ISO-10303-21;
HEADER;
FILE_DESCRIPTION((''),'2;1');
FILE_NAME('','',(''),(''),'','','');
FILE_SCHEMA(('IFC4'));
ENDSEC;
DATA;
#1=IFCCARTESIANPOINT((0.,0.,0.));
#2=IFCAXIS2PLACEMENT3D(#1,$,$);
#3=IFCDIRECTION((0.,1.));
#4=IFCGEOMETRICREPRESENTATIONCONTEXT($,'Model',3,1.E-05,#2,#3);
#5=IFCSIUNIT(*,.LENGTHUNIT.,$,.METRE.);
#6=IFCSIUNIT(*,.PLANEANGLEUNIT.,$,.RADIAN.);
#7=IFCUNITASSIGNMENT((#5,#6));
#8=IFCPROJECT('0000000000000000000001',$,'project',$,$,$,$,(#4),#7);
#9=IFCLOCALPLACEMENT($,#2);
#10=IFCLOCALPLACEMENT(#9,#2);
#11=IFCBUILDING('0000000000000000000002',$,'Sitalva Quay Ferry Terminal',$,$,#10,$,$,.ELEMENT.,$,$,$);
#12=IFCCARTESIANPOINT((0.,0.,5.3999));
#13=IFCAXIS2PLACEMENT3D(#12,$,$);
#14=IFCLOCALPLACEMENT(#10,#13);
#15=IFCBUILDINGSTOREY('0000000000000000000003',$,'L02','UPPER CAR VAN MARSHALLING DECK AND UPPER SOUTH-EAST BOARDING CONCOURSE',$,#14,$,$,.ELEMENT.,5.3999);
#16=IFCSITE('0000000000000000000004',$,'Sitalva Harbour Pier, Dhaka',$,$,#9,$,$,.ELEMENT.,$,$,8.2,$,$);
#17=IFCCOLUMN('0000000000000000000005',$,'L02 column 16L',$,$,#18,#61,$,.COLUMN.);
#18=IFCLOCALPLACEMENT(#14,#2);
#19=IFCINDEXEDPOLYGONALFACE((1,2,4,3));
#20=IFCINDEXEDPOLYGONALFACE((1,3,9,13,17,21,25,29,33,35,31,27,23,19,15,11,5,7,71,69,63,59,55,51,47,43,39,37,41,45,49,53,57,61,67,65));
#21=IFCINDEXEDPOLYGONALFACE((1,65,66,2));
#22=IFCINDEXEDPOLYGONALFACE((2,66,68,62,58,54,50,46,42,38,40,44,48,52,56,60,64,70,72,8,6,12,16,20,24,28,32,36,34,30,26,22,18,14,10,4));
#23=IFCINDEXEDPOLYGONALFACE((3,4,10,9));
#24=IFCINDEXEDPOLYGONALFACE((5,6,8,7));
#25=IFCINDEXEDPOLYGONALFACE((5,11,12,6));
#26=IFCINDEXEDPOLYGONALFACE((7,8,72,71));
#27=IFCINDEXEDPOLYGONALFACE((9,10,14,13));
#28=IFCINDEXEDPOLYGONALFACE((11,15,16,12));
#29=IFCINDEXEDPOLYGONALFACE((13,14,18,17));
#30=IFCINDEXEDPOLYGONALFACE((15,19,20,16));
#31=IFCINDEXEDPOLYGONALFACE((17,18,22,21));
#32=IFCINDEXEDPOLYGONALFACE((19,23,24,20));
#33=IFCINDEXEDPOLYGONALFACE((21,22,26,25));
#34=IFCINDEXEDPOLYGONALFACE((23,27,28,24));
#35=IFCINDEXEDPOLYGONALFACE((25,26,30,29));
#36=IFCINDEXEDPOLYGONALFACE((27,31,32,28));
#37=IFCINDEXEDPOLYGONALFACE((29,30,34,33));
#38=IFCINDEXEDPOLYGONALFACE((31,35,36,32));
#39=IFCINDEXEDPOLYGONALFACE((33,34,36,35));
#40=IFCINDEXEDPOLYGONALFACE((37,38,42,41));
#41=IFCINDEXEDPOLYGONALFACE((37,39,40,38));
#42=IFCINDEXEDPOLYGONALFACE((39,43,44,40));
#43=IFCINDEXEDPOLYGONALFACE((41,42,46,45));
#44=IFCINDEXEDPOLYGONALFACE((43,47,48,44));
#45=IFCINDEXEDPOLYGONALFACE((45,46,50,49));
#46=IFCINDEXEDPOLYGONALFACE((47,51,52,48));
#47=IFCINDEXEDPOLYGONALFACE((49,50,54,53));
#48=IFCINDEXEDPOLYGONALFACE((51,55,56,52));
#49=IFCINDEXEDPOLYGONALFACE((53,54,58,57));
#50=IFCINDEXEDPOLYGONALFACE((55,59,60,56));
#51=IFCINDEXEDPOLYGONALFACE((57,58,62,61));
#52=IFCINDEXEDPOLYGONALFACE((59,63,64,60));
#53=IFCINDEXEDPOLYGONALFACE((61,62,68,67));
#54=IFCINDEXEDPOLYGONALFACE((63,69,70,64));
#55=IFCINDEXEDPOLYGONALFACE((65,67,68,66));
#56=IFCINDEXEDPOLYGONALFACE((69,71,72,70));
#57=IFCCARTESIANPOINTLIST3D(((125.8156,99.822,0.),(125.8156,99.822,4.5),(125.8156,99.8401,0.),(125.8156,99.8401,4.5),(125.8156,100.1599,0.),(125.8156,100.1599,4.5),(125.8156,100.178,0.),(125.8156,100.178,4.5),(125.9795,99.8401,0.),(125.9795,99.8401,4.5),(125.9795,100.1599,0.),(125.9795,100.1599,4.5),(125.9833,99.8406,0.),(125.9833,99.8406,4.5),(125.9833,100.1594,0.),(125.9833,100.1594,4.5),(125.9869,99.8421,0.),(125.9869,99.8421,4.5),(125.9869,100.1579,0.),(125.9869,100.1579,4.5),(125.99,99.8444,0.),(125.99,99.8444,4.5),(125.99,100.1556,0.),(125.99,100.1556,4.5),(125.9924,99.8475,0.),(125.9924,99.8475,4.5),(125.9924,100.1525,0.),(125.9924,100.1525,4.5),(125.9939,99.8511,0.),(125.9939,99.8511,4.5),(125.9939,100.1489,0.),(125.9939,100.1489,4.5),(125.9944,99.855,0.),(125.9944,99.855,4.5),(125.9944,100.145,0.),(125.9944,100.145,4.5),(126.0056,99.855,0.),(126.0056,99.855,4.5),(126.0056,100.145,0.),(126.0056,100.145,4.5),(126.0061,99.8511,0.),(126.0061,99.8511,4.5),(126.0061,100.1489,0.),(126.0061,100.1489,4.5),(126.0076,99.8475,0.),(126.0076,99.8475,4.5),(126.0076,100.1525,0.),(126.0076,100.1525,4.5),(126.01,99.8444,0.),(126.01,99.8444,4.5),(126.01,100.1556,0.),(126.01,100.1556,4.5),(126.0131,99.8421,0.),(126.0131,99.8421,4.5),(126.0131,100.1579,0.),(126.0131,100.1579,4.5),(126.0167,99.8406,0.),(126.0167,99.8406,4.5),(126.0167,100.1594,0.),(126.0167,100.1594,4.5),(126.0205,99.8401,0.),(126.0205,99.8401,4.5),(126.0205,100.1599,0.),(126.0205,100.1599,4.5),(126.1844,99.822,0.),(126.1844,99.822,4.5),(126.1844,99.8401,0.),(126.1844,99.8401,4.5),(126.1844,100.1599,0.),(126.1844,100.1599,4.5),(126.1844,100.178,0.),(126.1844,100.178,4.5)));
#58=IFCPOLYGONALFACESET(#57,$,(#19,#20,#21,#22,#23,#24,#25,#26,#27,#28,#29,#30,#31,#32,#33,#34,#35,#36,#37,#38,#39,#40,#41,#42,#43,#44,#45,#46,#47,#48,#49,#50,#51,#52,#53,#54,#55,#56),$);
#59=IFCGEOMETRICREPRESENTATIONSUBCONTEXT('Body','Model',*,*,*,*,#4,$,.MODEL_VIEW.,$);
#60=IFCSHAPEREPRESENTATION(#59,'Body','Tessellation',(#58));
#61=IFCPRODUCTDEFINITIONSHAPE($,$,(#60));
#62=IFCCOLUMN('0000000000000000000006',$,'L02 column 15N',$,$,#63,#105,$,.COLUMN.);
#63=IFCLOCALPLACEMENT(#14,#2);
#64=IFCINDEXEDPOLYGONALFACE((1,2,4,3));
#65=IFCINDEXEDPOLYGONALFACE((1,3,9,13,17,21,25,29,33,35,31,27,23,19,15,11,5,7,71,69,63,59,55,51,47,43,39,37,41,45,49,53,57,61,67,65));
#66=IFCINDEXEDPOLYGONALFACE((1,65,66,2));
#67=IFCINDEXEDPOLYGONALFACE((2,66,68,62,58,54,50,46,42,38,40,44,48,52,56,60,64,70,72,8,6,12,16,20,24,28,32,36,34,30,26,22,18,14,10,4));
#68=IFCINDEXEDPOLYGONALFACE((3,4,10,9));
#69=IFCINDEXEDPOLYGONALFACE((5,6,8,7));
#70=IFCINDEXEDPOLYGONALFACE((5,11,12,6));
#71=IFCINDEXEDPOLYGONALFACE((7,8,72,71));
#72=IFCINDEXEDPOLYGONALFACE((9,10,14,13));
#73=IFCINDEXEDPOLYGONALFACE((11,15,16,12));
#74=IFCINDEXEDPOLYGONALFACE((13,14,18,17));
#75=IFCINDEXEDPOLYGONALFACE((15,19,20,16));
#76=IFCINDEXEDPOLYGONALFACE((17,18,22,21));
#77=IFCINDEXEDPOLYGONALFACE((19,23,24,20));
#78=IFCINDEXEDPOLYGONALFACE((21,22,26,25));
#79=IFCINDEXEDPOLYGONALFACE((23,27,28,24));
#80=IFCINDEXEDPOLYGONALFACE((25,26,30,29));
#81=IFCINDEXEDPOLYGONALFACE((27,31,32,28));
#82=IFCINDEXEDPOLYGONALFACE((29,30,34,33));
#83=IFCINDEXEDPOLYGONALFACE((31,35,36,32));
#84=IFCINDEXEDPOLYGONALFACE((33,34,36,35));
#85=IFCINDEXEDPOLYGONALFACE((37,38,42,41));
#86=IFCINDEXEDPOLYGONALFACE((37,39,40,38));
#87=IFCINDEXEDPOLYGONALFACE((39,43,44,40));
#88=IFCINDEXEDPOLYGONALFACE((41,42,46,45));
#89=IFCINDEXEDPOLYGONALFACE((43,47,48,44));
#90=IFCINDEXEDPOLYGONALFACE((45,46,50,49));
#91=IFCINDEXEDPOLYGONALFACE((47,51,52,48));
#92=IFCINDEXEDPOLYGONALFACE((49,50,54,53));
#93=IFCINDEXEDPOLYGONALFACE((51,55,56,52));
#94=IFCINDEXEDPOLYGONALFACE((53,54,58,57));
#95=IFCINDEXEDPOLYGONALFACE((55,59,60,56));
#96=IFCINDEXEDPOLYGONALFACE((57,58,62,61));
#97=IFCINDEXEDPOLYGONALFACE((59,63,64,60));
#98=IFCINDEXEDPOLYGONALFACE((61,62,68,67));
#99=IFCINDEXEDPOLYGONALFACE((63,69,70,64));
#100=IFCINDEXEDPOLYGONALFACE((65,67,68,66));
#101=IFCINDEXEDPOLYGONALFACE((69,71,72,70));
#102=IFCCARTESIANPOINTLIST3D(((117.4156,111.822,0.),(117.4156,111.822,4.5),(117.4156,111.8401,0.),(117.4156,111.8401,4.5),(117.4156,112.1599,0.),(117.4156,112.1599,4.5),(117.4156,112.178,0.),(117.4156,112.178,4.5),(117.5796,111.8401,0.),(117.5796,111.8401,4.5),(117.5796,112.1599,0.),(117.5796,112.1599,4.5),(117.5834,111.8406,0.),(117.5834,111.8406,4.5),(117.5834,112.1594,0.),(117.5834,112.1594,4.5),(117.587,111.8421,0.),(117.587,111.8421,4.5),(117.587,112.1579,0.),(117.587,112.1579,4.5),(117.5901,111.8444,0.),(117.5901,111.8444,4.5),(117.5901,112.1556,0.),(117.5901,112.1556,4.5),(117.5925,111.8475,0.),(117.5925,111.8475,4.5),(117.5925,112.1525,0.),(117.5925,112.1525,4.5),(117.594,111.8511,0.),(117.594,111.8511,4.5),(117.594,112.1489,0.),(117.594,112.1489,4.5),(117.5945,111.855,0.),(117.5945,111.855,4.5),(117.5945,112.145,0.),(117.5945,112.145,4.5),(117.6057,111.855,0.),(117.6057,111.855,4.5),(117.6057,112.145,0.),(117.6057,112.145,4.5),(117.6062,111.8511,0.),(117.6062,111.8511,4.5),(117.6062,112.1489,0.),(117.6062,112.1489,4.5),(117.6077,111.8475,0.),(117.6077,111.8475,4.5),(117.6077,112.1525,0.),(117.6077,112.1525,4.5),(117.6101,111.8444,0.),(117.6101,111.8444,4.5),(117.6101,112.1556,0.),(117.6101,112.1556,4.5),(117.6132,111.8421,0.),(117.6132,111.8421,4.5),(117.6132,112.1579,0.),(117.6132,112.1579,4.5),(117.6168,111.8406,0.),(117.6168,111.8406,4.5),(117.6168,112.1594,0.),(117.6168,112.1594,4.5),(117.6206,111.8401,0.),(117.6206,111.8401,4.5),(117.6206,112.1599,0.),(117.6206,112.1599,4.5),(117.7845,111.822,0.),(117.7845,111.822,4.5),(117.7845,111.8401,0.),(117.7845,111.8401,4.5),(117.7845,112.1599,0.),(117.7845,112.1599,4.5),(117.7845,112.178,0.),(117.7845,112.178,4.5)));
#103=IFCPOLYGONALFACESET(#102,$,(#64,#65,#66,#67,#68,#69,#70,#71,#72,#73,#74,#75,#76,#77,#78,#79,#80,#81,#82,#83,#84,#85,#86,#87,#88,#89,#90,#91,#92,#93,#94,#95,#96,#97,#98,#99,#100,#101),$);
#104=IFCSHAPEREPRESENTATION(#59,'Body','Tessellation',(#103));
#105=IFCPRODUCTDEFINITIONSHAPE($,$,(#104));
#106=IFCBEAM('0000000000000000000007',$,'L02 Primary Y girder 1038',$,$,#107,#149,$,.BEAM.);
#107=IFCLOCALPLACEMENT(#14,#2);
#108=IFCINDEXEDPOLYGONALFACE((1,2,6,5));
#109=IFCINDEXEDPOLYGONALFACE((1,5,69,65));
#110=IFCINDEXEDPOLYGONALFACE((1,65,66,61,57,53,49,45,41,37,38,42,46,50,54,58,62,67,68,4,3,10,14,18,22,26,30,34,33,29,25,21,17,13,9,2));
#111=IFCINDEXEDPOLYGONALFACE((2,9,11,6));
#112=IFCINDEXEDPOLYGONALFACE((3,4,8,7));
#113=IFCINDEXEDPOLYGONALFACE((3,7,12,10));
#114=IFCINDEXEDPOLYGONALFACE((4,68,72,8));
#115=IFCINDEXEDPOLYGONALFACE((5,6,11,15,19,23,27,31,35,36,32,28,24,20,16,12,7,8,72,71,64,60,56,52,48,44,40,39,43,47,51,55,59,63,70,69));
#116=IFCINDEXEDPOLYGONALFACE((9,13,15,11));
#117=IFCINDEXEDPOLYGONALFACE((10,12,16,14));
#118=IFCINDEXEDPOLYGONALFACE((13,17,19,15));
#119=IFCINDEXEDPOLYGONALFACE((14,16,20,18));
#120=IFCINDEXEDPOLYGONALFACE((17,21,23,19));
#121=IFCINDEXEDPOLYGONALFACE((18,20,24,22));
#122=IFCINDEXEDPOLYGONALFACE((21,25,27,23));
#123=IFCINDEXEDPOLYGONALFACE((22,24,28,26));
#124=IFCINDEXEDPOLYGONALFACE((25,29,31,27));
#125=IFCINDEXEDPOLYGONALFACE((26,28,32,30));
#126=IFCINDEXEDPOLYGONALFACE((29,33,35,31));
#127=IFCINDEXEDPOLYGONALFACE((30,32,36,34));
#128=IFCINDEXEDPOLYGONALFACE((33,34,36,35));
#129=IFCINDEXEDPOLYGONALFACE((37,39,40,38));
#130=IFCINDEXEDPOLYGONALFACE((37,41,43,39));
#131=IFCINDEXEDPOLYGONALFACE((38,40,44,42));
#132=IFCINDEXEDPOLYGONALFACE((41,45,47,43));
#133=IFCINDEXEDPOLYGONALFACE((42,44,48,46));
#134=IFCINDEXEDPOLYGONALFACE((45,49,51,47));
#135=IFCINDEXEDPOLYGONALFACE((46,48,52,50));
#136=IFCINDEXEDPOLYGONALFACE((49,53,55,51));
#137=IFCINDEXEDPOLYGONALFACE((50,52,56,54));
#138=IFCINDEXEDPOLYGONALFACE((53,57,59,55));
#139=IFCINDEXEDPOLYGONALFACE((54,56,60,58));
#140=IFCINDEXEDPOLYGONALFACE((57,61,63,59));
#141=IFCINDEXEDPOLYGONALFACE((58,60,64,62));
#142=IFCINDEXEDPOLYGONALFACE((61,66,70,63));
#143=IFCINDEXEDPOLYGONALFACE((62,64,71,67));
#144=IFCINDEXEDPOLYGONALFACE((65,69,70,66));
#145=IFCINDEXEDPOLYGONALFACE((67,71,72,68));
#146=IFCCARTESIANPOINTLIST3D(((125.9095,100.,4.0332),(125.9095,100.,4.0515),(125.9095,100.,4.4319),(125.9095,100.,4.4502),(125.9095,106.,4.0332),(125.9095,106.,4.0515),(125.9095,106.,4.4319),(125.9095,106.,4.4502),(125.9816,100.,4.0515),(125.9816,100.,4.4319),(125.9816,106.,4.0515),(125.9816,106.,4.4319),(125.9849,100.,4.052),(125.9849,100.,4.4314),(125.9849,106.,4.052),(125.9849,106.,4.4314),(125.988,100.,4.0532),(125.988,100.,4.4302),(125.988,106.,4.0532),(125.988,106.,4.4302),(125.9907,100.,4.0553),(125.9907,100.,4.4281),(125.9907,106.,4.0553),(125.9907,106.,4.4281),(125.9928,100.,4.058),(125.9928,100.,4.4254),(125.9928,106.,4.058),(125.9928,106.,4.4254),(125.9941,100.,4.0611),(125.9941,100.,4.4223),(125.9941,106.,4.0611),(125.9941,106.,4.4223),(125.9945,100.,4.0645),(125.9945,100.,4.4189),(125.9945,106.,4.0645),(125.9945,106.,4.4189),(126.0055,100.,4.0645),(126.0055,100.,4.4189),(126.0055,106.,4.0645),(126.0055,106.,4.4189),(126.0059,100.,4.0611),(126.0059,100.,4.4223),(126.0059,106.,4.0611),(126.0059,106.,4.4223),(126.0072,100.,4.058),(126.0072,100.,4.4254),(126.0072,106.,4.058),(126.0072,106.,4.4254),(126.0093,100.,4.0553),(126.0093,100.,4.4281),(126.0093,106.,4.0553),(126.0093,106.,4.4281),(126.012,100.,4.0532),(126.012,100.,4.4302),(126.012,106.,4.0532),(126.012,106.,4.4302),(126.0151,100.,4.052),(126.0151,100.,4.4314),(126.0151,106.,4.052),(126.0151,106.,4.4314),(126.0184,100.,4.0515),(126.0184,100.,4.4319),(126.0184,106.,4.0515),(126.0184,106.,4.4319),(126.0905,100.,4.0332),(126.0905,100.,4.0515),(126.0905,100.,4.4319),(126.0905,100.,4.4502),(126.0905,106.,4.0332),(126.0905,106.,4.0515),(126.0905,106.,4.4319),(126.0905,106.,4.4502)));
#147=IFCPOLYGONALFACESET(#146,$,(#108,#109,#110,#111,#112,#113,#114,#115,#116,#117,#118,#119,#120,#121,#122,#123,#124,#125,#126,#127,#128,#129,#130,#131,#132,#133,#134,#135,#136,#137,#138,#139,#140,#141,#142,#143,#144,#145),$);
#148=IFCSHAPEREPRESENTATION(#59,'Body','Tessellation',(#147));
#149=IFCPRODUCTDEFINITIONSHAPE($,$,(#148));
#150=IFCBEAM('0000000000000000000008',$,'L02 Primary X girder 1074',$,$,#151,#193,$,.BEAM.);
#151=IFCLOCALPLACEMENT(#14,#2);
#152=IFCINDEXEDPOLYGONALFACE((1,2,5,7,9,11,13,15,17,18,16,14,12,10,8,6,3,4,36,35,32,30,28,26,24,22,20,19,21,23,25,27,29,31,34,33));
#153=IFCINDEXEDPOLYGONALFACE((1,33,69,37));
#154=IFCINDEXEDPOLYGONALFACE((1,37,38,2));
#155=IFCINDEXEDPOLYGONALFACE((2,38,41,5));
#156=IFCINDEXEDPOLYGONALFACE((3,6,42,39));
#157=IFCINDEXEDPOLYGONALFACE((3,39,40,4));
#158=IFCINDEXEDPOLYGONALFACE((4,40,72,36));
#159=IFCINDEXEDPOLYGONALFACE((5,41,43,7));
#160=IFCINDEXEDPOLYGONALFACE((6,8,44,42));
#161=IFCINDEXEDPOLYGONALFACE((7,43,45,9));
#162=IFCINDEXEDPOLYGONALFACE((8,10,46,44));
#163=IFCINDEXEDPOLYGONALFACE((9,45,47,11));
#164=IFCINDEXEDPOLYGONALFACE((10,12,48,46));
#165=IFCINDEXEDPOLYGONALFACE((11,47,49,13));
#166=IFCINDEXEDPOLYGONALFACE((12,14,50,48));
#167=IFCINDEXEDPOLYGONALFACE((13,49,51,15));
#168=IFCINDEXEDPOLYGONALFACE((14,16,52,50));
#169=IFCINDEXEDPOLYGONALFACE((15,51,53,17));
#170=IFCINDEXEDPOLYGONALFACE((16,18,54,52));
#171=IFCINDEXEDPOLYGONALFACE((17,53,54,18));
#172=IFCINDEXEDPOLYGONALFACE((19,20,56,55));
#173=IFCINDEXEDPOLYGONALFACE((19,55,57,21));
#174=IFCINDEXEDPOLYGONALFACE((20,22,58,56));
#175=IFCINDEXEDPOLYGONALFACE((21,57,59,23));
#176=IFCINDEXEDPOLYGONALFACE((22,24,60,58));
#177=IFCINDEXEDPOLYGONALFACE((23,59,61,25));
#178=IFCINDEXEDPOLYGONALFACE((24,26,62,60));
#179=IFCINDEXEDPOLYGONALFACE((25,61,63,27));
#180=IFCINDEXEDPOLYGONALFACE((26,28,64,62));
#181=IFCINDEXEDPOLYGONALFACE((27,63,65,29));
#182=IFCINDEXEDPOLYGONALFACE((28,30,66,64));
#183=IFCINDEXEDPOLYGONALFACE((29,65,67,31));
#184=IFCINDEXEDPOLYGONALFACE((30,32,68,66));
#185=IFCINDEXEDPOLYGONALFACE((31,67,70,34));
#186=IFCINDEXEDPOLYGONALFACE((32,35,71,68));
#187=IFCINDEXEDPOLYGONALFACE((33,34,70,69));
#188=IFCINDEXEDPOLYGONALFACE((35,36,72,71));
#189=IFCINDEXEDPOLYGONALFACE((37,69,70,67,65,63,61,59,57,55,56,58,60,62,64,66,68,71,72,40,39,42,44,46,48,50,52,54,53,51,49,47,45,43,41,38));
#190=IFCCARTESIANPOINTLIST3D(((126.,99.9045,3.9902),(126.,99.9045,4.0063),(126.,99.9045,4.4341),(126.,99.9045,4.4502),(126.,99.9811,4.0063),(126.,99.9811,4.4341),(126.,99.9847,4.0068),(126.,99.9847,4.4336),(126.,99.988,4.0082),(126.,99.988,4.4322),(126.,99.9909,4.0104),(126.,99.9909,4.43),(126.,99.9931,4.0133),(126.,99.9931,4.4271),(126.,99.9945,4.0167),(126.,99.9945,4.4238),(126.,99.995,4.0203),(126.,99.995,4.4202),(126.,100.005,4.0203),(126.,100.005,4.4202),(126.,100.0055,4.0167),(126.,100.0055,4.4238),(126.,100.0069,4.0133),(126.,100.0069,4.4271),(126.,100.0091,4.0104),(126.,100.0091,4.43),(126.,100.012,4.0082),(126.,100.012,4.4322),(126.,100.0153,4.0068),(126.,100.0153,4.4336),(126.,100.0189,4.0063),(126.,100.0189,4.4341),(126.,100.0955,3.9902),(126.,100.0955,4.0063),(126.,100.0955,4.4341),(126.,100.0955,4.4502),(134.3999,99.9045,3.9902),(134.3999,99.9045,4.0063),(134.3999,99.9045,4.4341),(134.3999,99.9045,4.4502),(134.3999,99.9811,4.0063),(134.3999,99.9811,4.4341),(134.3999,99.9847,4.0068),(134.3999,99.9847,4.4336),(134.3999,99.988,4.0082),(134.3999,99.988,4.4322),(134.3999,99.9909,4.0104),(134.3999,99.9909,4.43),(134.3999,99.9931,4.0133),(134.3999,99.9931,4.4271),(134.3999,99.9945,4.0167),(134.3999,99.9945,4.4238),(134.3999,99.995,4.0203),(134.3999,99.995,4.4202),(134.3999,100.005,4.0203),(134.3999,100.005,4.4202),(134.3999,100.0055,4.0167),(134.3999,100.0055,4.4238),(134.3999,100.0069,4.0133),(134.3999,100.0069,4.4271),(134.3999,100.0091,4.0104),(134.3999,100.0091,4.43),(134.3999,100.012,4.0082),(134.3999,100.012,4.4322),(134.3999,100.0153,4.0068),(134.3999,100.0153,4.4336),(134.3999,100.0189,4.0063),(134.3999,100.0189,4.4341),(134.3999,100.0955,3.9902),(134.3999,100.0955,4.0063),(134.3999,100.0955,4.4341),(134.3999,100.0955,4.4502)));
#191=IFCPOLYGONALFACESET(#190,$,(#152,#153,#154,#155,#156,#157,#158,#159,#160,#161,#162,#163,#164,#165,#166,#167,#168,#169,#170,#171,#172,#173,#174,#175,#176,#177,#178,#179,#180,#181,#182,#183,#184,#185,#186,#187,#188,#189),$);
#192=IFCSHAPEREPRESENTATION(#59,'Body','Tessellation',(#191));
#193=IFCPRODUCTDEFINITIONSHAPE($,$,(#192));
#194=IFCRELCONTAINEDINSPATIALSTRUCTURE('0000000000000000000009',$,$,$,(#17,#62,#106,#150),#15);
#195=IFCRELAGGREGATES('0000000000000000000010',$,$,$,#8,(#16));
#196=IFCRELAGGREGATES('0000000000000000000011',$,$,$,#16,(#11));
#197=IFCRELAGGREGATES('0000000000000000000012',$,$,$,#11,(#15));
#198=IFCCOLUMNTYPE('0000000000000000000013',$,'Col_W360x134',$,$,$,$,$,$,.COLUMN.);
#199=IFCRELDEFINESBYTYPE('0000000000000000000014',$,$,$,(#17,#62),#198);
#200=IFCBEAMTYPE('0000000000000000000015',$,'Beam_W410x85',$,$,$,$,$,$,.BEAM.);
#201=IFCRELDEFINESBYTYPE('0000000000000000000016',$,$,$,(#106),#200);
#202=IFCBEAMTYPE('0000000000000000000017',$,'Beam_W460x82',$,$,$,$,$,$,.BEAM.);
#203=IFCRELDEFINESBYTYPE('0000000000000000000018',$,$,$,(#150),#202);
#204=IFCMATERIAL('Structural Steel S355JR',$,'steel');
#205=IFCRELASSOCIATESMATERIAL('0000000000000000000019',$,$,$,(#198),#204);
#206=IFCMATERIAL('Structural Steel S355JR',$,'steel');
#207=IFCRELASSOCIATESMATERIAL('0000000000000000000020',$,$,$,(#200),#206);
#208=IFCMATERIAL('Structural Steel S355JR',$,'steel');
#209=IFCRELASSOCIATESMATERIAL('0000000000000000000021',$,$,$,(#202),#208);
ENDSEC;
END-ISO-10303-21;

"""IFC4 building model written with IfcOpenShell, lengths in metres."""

from ifc_helpers import new_model, si_unit, direction, frame, origin, origin_2d, place, context, subcontext, project, spatial, i_section, extrude, material, material_profile, profile_set, type_object, element, save


model = new_model("IFC4")

# Units and contexts
model_context = context("Model", 3, precision=1e-05, world=origin(), true_north=direction((0.0, 1.0)))
body_context = subcontext(model_context, "Body", "Model", "MODEL_VIEW")
ifc_project = project(units=[si_unit("LENGTHUNIT", "METRE"), si_unit("PLANEANGLEUNIT", "RADIAN")], contexts=[model_context])

# Site, building, storey
site_placement = place(None, origin())
site = spatial("IfcSite", under=ifc_project, at=site_placement, Name="Sitalva Harbour Pier, Dhaka", CompositionType="ELEMENT", RefElevation=8.2)
building_placement = place(site_placement, origin())
building = spatial("IfcBuilding", under=site, at=building_placement, Name="Sitalva Quay Ferry Terminal", CompositionType="ELEMENT")
storey_placement = place(building_placement, frame((0.0, 0.0, 5.3999)))
storey = spatial("IfcBuildingStorey", under=building, at=storey_placement, Name="L02", Description="UPPER CAR VAN MARSHALLING DECK AND UPPER SOUTH-EAST BOARDING CONCOURSE", CompositionType="ELEMENT", Elevation=5.3999)

# Columns
ifc_material_1 = material(Name="Structural Steel S355JR", Category="steel")
ifc_material_profile_1 = material_profile(ifc_material_1, i_section(OverallWidth=0.3689, OverallDepth=0.356, WebThickness=0.0112, FlangeThickness=0.0181, FilletRadius=0.0149, at=origin_2d()), Name="W360x134")
ifc_profile_set_1 = profile_set([ifc_material_profile_1], Name="Structural Steel S355JR")
column_type = type_object("IfcColumnType", Name="Col_W360x134", PredefinedType="COLUMN", material=ifc_profile_set_1)
for number, where, z_axis, x_axis, name in (
    (1, (126.0, 100.0, 0.0), (0.0, 0.0, 1.0), (1.0, 0.0, 0.0), "L02 column 16L"),
    (2, (117.6001, 112.0, 0.0), (0.0, 0.0, 1.0), (1.0, 0.0, 0.0), "L02 column 15N"),
):
    element("IfcColumn", number, at=place(storey_placement, frame(where, z_axis=z_axis, x_axis=x_axis)), inside=storey, type_object=column_type, Name=name, PredefinedType="COLUMN", context=body_context, shape_type="SweptSolid", body=[
        extrude(i_section(OverallWidth=0.3689, OverallDepth=0.356, WebThickness=0.0112, FlangeThickness=0.0181, FilletRadius=0.0149, at=origin_2d()), origin(), (0.0, 0.0, 1.0), 4.5),
    ])

# Beams
ifc_material_2 = material(Name="Structural Steel S355JR", Category="steel")
ifc_material_profile_2 = material_profile(ifc_material_2, i_section(OverallWidth=0.1809, OverallDepth=0.417, WebThickness=0.011, FlangeThickness=0.0183, FilletRadius=0.0129, at=origin_2d()), Name="W410x85")
ifc_profile_set_2 = profile_set([ifc_material_profile_2], Name="Structural Steel S355JR")
beam_type_1 = type_object("IfcBeamType", Name="Beam_W410x85", PredefinedType="BEAM", material=ifc_profile_set_2)
beam_1_placement = place(storey_placement, frame((126.0, 100.0, 4.2417), z_axis=(0.0, 1.0, 0.0), x_axis=(-1.0, 0.0, 0.0)))
element("IfcBeam", 3, at=beam_1_placement, inside=storey, type_object=beam_type_1, Name="L02 Primary Y girder 1038", PredefinedType="BEAM", context=body_context, shape_type="SweptSolid", body=[
    extrude(i_section(OverallWidth=0.1809, OverallDepth=0.417, WebThickness=0.011, FlangeThickness=0.0183, FilletRadius=0.0129, at=origin_2d()), origin(), (0.0, 0.0, 1.0), 6.0),
])
ifc_material_3 = material(Name="Structural Steel S355JR", Category="steel")
ifc_material_profile_3 = material_profile(ifc_material_3, i_section(OverallWidth=0.1909, OverallDepth=0.46, WebThickness=0.01, FlangeThickness=0.0161, FilletRadius=0.0139, at=origin_2d()), Name="W460x82")
ifc_profile_set_3 = profile_set([ifc_material_profile_3], Name="Structural Steel S355JR")
beam_type_2 = type_object("IfcBeamType", Name="Beam_W460x82", PredefinedType="BEAM", material=ifc_profile_set_3)
beam_2_placement = place(storey_placement, frame((126.0, 100.0, 4.2202), z_axis=(1.0, 0.0, 0.0), x_axis=(0.0, 1.0, 0.0)))
element("IfcBeam", 4, at=beam_2_placement, inside=storey, type_object=beam_type_2, Name="L02 Primary X girder 1074", PredefinedType="BEAM", context=body_context, shape_type="SweptSolid", body=[
    extrude(i_section(OverallWidth=0.1909, OverallDepth=0.46, WebThickness=0.01, FlangeThickness=0.0161, FilletRadius=0.0139, at=origin_2d()), origin(), (0.0, 0.0, 1.0), 8.3999),
])

save(model, "model.ifc")
